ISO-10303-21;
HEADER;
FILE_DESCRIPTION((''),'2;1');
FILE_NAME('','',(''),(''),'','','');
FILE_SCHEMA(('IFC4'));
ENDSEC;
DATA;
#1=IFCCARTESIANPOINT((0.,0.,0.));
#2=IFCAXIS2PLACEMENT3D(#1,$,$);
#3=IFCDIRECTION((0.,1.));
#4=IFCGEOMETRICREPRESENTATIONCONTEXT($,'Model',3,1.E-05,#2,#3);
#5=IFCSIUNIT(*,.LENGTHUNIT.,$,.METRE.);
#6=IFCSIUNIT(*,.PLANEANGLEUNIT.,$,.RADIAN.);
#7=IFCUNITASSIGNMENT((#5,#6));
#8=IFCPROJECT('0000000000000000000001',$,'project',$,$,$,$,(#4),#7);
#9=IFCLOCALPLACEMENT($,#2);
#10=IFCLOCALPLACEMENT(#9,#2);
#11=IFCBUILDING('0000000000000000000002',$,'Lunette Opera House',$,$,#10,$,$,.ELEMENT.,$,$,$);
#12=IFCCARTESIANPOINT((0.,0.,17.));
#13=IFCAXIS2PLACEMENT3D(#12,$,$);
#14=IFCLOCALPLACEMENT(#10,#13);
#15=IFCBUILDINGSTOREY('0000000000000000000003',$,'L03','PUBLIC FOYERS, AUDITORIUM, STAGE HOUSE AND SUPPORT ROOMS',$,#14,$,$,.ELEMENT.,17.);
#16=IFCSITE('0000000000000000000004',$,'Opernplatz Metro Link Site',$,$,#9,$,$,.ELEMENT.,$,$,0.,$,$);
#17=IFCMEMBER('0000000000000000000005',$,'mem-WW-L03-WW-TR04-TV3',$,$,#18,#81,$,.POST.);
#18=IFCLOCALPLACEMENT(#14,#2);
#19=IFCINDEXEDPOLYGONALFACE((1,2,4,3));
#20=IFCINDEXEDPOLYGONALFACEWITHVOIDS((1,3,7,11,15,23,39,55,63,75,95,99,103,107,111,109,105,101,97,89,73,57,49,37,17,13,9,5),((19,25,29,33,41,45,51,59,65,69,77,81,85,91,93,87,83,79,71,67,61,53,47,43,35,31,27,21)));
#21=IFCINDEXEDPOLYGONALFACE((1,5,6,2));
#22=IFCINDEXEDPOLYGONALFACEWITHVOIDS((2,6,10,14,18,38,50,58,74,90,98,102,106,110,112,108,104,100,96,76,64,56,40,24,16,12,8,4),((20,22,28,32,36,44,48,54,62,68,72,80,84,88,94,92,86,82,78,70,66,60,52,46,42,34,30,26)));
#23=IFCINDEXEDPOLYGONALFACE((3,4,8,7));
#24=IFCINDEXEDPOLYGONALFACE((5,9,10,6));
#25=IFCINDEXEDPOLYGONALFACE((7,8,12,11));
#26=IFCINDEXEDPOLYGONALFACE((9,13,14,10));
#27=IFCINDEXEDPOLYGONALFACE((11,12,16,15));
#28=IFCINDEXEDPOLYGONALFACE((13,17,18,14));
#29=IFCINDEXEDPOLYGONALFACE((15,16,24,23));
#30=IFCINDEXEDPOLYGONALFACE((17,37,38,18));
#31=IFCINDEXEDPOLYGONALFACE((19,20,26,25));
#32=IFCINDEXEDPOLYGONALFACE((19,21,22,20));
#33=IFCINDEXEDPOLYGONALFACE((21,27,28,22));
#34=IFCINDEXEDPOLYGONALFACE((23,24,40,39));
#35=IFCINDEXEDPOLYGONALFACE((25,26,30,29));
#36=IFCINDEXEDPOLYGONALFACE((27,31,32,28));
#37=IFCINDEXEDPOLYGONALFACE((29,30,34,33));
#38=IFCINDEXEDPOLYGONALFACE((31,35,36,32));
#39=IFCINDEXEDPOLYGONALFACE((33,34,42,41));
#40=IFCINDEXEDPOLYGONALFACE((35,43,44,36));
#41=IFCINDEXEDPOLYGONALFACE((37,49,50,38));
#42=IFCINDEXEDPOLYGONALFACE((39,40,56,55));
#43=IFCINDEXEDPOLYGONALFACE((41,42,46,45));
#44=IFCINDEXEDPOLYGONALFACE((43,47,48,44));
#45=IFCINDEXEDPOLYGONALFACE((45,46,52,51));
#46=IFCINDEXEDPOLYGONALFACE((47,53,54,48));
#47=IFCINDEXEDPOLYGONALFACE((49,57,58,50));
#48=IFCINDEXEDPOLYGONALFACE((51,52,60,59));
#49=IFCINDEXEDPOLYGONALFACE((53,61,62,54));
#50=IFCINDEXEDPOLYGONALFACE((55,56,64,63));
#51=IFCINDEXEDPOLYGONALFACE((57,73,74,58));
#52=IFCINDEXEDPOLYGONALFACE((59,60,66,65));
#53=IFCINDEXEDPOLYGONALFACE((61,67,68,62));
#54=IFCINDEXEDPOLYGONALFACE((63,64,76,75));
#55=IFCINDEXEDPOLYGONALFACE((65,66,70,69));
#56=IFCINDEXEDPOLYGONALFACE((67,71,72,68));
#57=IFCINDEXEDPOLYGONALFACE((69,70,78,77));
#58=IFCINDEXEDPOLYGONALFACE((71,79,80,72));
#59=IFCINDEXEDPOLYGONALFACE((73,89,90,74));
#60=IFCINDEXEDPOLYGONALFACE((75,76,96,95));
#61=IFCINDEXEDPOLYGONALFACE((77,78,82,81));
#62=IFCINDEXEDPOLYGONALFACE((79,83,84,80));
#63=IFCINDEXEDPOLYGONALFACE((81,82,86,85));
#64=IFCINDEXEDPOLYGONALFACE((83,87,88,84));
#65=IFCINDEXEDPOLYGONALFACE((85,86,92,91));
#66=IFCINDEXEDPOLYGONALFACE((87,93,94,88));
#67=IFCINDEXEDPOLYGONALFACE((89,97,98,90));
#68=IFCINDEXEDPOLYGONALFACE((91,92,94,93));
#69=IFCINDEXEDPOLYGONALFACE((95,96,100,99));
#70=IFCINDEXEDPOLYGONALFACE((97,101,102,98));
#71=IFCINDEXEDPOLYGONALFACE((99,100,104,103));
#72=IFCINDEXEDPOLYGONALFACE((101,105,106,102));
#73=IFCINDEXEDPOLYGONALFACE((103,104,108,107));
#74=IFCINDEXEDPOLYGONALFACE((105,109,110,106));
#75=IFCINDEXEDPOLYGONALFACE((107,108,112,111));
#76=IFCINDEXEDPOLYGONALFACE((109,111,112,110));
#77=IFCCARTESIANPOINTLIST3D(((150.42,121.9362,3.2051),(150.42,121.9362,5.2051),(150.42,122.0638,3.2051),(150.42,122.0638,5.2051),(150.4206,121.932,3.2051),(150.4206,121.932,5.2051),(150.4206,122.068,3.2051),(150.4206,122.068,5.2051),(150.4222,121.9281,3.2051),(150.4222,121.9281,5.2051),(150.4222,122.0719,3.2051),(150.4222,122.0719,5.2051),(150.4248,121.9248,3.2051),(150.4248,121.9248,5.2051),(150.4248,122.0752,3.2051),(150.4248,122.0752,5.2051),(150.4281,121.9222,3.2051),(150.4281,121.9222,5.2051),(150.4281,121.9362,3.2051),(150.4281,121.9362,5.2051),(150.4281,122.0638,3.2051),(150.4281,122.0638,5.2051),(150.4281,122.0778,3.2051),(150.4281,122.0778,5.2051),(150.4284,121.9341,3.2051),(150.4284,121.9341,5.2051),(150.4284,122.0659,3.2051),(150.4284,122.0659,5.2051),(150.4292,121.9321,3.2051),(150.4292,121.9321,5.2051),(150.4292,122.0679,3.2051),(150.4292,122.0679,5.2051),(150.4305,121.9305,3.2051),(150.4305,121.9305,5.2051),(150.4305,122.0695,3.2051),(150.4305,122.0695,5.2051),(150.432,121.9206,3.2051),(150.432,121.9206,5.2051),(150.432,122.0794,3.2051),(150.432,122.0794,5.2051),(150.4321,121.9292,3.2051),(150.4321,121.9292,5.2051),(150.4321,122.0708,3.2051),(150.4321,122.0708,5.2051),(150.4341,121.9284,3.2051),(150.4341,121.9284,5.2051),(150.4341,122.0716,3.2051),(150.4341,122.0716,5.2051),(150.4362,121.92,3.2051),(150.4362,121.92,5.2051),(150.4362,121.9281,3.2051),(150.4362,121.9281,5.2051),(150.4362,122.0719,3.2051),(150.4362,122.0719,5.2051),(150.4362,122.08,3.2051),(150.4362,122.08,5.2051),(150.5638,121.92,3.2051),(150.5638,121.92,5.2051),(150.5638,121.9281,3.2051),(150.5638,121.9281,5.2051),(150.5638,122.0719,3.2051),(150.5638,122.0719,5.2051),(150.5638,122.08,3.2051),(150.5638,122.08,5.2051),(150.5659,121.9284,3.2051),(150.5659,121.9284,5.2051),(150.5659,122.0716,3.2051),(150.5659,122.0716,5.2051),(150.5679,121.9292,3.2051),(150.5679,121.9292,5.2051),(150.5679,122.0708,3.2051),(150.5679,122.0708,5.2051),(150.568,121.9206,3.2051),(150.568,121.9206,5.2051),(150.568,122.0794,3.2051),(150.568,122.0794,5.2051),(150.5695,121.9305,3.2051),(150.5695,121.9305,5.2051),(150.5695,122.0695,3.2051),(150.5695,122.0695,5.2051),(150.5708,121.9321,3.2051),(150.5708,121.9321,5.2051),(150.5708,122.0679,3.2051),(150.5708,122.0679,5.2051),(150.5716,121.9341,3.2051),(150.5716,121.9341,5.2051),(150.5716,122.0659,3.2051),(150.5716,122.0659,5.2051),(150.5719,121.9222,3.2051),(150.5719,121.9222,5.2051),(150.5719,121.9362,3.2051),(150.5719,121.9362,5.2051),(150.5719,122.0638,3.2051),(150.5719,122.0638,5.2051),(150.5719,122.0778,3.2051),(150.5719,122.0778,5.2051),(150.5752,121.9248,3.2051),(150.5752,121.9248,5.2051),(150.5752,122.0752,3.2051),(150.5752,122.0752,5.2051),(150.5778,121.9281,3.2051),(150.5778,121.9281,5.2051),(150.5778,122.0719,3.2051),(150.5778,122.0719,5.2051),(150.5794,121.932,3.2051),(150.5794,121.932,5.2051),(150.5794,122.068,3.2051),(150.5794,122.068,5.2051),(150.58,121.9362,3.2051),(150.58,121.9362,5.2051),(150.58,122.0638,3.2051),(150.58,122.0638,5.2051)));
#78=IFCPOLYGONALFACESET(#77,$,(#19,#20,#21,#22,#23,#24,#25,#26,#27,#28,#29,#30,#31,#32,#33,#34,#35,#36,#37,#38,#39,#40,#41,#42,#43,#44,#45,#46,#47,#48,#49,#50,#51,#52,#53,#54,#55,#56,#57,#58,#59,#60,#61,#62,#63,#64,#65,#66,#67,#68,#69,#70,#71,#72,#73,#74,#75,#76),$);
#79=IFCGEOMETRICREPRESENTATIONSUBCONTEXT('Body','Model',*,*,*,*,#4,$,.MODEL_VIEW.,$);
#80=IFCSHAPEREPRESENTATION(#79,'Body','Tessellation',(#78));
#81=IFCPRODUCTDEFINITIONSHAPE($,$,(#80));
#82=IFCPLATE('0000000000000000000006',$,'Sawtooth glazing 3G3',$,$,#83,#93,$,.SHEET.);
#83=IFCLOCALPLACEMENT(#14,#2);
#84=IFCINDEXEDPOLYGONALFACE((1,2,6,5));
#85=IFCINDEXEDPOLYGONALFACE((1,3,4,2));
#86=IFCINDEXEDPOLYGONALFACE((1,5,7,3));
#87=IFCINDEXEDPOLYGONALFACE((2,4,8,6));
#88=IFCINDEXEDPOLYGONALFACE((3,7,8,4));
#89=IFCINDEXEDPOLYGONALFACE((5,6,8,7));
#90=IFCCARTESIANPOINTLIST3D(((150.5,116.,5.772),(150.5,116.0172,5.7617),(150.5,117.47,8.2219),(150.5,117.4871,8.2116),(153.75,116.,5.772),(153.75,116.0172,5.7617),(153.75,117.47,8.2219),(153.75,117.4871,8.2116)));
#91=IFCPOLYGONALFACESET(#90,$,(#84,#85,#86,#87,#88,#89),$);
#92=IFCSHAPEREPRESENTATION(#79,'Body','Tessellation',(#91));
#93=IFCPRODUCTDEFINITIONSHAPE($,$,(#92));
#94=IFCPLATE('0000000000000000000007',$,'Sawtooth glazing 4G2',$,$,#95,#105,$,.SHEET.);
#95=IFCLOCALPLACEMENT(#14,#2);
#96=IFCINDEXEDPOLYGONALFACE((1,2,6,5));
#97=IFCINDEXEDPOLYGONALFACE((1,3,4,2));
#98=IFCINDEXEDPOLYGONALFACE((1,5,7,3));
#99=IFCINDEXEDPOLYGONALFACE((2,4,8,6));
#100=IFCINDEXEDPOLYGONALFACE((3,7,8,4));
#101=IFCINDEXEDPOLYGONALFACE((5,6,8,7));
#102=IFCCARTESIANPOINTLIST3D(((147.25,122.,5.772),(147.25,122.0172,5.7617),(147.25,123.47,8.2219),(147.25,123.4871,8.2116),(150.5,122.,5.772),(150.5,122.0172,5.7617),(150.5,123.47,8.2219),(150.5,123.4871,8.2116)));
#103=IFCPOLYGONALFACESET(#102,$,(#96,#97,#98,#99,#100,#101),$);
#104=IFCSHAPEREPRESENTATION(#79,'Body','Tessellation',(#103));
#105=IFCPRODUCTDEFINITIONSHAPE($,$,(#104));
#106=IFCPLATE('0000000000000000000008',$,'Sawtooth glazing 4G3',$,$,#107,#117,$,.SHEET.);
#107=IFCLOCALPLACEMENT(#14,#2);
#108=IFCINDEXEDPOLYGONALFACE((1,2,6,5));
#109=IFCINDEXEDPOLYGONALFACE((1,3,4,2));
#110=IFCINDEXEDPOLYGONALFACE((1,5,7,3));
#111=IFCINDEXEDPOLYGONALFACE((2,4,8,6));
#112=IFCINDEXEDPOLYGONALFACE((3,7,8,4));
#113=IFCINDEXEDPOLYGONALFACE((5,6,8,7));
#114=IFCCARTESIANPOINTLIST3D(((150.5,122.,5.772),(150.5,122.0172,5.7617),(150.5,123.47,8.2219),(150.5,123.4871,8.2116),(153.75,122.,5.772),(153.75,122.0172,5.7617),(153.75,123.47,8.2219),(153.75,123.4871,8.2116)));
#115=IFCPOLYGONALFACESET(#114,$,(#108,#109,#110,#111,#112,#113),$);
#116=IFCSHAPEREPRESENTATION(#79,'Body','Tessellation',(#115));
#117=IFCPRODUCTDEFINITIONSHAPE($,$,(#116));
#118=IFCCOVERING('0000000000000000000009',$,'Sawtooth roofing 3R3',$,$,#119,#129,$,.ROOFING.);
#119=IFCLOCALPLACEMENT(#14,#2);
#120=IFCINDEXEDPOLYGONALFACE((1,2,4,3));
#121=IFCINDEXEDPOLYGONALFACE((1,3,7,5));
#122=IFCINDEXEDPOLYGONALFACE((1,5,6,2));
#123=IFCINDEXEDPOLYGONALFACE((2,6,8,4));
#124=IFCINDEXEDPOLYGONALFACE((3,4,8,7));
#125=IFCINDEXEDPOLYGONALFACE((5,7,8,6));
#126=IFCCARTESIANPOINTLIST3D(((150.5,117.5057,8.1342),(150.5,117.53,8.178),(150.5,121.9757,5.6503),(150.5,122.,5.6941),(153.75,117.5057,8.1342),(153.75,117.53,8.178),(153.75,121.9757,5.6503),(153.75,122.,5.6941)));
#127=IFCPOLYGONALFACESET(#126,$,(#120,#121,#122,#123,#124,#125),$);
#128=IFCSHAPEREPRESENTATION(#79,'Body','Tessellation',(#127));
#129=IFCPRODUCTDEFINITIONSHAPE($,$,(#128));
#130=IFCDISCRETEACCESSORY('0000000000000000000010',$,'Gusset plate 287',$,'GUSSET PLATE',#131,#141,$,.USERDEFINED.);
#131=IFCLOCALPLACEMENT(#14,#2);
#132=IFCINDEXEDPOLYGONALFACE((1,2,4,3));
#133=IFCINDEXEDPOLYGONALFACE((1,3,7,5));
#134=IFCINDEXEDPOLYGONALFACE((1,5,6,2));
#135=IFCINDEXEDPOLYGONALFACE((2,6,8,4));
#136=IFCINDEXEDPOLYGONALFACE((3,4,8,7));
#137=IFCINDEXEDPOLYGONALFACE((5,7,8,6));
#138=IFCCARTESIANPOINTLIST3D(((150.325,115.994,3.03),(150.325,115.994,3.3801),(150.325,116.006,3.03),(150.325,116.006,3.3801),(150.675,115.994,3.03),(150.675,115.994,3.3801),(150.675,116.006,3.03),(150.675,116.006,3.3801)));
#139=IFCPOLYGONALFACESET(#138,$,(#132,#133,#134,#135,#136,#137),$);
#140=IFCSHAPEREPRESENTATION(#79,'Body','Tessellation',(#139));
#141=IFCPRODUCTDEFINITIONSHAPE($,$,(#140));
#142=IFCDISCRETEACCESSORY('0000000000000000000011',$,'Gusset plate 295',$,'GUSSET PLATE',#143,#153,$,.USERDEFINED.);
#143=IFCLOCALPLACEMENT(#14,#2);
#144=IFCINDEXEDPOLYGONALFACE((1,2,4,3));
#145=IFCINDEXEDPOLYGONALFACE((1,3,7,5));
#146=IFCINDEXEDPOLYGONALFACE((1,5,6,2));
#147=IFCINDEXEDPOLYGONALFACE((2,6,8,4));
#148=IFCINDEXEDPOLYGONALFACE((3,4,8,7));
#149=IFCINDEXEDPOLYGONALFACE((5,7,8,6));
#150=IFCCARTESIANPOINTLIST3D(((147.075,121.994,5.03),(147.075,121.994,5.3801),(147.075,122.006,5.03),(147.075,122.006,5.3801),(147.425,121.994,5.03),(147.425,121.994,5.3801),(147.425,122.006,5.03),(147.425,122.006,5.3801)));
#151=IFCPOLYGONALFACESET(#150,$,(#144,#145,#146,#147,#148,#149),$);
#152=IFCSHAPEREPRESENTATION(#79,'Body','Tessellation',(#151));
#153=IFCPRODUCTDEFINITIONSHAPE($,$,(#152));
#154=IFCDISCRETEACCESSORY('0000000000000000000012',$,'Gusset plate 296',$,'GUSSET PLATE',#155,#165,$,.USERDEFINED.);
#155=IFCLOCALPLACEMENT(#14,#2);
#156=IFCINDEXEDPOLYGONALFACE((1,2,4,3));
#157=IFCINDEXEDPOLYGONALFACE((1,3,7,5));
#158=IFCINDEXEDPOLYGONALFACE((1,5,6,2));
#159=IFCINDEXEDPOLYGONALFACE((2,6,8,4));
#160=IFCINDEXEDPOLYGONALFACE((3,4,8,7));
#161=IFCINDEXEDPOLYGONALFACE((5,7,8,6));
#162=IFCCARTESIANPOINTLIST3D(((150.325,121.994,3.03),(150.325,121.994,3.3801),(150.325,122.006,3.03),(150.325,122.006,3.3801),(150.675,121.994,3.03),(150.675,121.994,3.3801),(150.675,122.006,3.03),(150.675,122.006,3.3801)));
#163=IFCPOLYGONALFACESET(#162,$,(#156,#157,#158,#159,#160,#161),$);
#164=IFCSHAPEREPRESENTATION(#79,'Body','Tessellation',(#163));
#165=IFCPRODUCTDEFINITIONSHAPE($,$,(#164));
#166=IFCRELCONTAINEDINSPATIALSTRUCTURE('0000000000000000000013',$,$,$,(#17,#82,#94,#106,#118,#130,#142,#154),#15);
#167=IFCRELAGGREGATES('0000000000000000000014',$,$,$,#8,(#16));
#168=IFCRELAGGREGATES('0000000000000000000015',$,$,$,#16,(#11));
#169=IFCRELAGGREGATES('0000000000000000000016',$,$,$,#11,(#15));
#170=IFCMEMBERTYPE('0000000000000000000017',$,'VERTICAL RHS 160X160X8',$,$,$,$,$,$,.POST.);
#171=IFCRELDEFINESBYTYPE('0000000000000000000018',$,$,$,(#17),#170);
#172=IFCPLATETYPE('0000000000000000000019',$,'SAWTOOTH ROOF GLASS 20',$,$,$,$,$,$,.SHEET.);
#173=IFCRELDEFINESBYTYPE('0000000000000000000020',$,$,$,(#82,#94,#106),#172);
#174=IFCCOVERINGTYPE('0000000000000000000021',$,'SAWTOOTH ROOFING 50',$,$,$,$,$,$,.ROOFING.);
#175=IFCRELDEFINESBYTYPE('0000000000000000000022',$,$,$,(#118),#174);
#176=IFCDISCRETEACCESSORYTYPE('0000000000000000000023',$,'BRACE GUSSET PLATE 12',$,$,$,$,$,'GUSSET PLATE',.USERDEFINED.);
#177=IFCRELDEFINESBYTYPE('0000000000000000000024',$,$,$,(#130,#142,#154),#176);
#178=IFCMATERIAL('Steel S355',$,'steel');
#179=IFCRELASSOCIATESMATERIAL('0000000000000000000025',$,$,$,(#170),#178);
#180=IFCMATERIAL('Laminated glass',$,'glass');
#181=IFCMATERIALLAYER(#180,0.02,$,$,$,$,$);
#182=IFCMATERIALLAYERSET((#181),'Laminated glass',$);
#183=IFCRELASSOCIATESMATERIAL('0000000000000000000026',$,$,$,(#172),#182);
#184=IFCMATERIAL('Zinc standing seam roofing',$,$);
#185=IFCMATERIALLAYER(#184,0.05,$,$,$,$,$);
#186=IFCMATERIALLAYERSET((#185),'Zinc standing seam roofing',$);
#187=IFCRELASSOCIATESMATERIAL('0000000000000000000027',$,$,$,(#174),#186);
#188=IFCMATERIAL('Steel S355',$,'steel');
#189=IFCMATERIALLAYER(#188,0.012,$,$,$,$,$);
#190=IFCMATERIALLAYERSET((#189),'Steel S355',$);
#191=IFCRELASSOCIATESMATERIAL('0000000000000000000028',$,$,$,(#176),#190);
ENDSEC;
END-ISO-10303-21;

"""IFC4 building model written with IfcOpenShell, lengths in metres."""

from ifc_helpers import new_model, si_unit, direction, frame, origin, origin_2d, place, context, subcontext, project, spatial, polyline, rectangle, hollow_rectangle, outline, extrude, material, layer, layer_set, material_profile, profile_set, type_object, element, save


model = new_model("IFC4")

# Units and contexts
model_context = context("Model", 3, precision=1e-05, world=origin(), true_north=direction((0.0, 1.0)))
body_context = subcontext(model_context, "Body", "Model", "MODEL_VIEW")
ifc_project = project(units=[si_unit("LENGTHUNIT", "METRE"), si_unit("PLANEANGLEUNIT", "RADIAN")], contexts=[model_context])

# Site, building, storey
site_placement = place(None, origin())
site = spatial("IfcSite", under=ifc_project, at=site_placement, Name="Opernplatz Metro Link Site", CompositionType="ELEMENT", RefElevation=0.0)
building_placement = place(site_placement, origin())
building = spatial("IfcBuilding", under=site, at=building_placement, Name="Lunette Opera House", CompositionType="ELEMENT")
storey_placement = place(building_placement, frame((0.0, 0.0, 17.0)))
storey = spatial("IfcBuildingStorey", under=building, at=storey_placement, Name="L03", Description="PUBLIC FOYERS, AUDITORIUM, STAGE HOUSE AND SUPPORT ROOMS", CompositionType="ELEMENT", Elevation=17.0)

# Member
ifc_material_1 = material(Name="Steel S355", Category="steel")
ifc_material_profile_1 = material_profile(ifc_material_1, hollow_rectangle(XDim=0.1599, YDim=0.1599, WallThickness=0.0081, InnerFilletRadius=0.0081, OuterFilletRadius=0.0161, at=origin_2d()), Name="RHS 160X160X8")
ifc_profile_set_1 = profile_set([ifc_material_profile_1], Name="Steel S355")
member_type_1 = type_object("IfcMemberType", Name="VERTICAL RHS 160X160X8", PredefinedType="POST", material=ifc_profile_set_1)
for number, where, z_axis, x_axis, name in (
    (1, (150.5, 122.0, 3.2051), (0.0, 0.0, 1.0), (1.0, 0.0, 0.0), "mem-WW-L03-WW-TR04-TV3"),
):
    element("IfcMember", number, at=place(storey_placement, frame(where, z_axis=z_axis, x_axis=x_axis)), inside=storey, type_object=member_type_1, Name=name, PredefinedType="POST", context=body_context, shape_type="SweptSolid", body=[
        extrude(hollow_rectangle(XDim=0.1599, YDim=0.1599, WallThickness=0.0081, InnerFilletRadius=0.0081, OuterFilletRadius=0.0161, at=origin_2d()), origin(), (0.0, 0.0, 1.0), 2.0),
    ])

# Plates
ifc_material_2 = material(Name="Laminated glass", Category="glass")
ifc_layer_1 = layer(ifc_material_2, 0.02)
ifc_layer_set_1 = layer_set([ifc_layer_1], Name="Laminated glass")
plate_type = type_object("IfcPlateType", Name="SAWTOOTH ROOF GLASS 20", PredefinedType="SHEET", material=ifc_layer_set_1)
for number, where, z_axis, x_axis, name in (
    (2, (150.5, 116.0, 5.772), (0.0, -0.857493, 0.514496), (1.0, 0.0, 0.0), "Sawtooth glazing 3G3"),
    (3, (147.25, 122.0, 5.772), (0.0, -0.857493, 0.514496), (1.0, 0.0, 0.0), "Sawtooth glazing 4G2"),
    (4, (150.5, 122.0, 5.772), (0.0, -0.857493, 0.514496), (1.0, 0.0, 0.0), "Sawtooth glazing 4G3"),
):
    element("IfcPlate", number, at=place(storey_placement, frame(where, z_axis=z_axis, x_axis=x_axis)), inside=storey, type_object=plate_type, Name=name, PredefinedType="SHEET", context=body_context, shape_type="SweptSolid", body=[
        extrude(outline(polyline([(0.0, 0.0), (3.25, 0.0), (3.25, 2.8571), (0.0, 2.8571), (0.0, 0.0)])), origin(), (0.0, 0.0, -1.0), 0.02),
    ])

# Covering
ifc_material_3 = material(Name="Zinc standing seam roofing")
ifc_layer_2 = layer(ifc_material_3, 0.05)
ifc_layer_set_2 = layer_set([ifc_layer_2], Name="Zinc standing seam roofing")
covering_type = type_object("IfcCoveringType", Name="SAWTOOTH ROOFING 50", PredefinedType="ROOFING", material=ifc_layer_set_2)
covering_placement = place(storey_placement, frame((150.5, 117.53, 8.178), z_axis=(0.0, 0.485728, 0.87411), x_axis=(1.0, 0.0, 0.0)))
element("IfcCovering", 5, at=covering_placement, inside=storey, type_object=covering_type, Name="Sawtooth roofing 3R3", PredefinedType="ROOFING", context=body_context, shape_type="SweptSolid", body=[
    extrude(outline(polyline([(0.0, 0.0), (3.25, 0.0), (3.25, 5.1137), (0.0, 5.1137), (0.0, 0.0)])), origin(), (0.0, 0.0, -1.0), 0.05),
])

# Discrete accessories
ifc_material_4 = material(Name="Steel S355", Category="steel")
ifc_layer_3 = layer(ifc_material_4, 0.012)
ifc_layer_set_3 = layer_set([ifc_layer_3], Name="Steel S355")
discrete_accessory_type = type_object("IfcDiscreteAccessoryType", Name="BRACE GUSSET PLATE 12", ElementType="GUSSET PLATE", PredefinedType="USERDEFINED", material=ifc_layer_set_3)
for number, where, z_axis, x_axis, name in (
    (6, (150.5, 116.0, 3.03), (0.0, 0.0, 1.0), (1.0, 0.0, 0.0), "Gusset plate 287"),
    (7, (147.25, 122.0, 5.03), (0.0, 0.0, 1.0), (1.0, 0.0, 0.0), "Gusset plate 295"),
    (8, (150.5, 122.0, 3.03), (0.0, 0.0, 1.0), (1.0, 0.0, 0.0), "Gusset plate 296"),
):
    element("IfcDiscreteAccessory", number, at=place(storey_placement, frame(where, z_axis=z_axis, x_axis=x_axis)), inside=storey, type_object=discrete_accessory_type, Name=name, ObjectType="GUSSET PLATE", PredefinedType="USERDEFINED", context=body_context, shape_type="SweptSolid", body=[
        extrude(rectangle(XDim=0.3501, YDim=0.012, at=origin_2d()), origin(), (0.0, 0.0, 1.0), 0.3501),
    ])

save(model, "model.ifc")
